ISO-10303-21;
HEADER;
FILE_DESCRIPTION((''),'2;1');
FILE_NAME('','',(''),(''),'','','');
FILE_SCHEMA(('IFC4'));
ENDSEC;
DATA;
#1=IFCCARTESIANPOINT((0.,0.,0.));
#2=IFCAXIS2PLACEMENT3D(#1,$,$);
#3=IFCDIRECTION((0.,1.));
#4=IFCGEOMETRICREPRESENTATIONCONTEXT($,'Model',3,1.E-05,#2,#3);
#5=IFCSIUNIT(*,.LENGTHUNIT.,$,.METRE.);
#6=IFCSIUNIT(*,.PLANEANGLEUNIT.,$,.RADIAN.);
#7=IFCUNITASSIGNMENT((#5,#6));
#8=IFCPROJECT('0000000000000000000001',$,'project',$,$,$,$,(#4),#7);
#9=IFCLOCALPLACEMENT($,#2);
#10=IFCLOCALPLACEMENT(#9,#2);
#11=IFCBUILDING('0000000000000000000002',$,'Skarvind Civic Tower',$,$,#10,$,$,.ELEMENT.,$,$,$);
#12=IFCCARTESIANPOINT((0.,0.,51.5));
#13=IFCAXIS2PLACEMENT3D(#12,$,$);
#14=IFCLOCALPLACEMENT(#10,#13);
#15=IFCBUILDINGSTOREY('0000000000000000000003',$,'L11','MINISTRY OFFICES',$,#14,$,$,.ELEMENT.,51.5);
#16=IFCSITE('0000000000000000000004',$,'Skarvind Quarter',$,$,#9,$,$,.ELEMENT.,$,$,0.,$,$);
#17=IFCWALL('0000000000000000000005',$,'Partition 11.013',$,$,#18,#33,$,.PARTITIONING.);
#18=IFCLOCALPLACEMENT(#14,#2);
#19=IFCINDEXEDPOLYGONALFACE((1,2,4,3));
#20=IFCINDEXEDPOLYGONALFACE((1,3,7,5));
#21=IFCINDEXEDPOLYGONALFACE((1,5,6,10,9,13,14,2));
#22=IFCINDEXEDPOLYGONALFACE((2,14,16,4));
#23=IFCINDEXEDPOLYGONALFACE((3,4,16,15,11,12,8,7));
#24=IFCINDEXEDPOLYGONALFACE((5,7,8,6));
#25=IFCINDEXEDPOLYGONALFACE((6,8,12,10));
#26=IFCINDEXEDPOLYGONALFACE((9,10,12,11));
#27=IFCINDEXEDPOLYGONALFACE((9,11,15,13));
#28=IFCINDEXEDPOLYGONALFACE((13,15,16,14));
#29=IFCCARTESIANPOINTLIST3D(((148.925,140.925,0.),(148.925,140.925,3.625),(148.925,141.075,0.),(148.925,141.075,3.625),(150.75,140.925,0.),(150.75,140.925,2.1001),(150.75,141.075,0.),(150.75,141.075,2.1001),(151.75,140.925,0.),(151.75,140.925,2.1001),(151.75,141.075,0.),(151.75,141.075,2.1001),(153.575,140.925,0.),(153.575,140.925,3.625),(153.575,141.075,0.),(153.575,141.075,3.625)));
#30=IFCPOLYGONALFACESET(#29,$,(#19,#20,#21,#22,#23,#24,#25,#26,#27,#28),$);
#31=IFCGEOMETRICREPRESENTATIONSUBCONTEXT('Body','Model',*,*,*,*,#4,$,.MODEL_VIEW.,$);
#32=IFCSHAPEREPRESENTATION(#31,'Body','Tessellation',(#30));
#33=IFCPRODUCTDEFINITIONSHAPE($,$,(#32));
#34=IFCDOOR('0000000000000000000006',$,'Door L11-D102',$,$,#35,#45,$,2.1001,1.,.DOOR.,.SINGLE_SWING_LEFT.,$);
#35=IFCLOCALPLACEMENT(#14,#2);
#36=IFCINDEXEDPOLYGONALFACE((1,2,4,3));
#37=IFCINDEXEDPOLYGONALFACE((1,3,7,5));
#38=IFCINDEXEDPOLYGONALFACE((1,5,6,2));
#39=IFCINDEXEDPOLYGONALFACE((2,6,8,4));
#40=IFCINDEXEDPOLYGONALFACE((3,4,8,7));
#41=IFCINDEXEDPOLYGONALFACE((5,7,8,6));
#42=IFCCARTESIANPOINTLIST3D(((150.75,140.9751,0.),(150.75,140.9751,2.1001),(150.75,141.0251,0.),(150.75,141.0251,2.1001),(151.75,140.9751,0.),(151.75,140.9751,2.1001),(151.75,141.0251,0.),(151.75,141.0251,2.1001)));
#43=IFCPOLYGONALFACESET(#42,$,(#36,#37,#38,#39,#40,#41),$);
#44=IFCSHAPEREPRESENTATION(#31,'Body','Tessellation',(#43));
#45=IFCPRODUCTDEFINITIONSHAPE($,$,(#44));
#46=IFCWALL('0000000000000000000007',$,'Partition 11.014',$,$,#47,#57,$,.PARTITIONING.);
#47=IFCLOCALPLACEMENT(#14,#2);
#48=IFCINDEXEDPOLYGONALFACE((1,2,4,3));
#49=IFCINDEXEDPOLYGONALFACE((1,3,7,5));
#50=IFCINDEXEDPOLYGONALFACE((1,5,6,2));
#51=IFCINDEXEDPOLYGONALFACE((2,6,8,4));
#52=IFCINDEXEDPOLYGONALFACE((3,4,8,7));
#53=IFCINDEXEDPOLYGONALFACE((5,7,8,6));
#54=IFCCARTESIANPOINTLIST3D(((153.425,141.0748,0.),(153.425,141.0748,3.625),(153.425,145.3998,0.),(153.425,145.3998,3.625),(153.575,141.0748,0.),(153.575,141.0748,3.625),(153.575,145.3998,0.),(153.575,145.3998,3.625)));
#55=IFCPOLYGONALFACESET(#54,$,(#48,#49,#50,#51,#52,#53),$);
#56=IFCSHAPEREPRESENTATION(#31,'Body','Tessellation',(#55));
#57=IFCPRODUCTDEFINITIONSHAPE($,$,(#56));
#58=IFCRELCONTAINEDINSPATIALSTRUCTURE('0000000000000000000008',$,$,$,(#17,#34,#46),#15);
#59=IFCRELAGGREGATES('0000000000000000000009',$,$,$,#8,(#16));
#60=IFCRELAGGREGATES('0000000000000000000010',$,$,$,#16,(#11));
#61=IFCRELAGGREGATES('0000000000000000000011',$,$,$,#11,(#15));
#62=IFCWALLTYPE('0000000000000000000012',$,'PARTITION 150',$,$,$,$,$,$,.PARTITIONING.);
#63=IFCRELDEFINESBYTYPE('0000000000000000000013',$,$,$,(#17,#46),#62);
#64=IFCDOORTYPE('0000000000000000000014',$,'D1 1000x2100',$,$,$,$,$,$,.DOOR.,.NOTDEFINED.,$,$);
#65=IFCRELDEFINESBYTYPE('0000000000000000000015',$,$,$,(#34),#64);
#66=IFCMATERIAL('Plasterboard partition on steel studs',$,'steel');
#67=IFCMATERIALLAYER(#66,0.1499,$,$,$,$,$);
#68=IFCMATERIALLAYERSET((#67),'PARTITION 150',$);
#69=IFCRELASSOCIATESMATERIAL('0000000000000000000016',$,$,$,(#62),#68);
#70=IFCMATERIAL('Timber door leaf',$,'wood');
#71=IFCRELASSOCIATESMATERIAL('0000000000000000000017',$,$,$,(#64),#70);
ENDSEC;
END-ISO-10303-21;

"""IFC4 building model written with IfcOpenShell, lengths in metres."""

from ifc_helpers import new_model, si_unit, direction, frame, frame_2d, origin, place, context, subcontext, project, spatial, rectangle, extrude, material, layer, layer_set, type_object, element, fill, save


model = new_model("IFC4")

# Units and contexts
model_context = context("Model", 3, precision=1e-05, world=origin(), true_north=direction((0.0, 1.0)))
body_context = subcontext(model_context, "Body", "Model", "MODEL_VIEW")
ifc_project = project(units=[si_unit("LENGTHUNIT", "METRE"), si_unit("PLANEANGLEUNIT", "RADIAN")], contexts=[model_context])

# Site, building, storey
site_placement = place(None, origin())
site = spatial("IfcSite", under=ifc_project, at=site_placement, Name="Skarvind Quarter", CompositionType="ELEMENT", RefElevation=0.0)
building_placement = place(site_placement, origin())
building = spatial("IfcBuilding", under=site, at=building_placement, Name="Skarvind Civic Tower", CompositionType="ELEMENT")
storey_placement = place(building_placement, frame((0.0, 0.0, 51.5)))
storey = spatial("IfcBuildingStorey", under=building, at=storey_placement, Name="L11", Description="MINISTRY OFFICES", CompositionType="ELEMENT", Elevation=51.5)

# Shared definitions
ifc_material_1 = material(Name="Timber door leaf", Category="wood")

# Shared definitions
ifc_material_2 = material(Name="Plasterboard partition on steel studs", Category="steel")
ifc_layer_1 = layer(ifc_material_2, 0.1499)
ifc_layer_set_1 = layer_set([ifc_layer_1], Name="PARTITION 150")
wall_type_1 = type_object("IfcWallType", Name="PARTITION 150", PredefinedType="PARTITIONING", material=ifc_layer_set_1)

# Wall, opening, door
wall_1_placement = place(storey_placement, frame((153.575, 141.0, 0.0), z_axis=(0.0, 0.0, 1.0), x_axis=(-1.0, 0.0, 0.0)))
wall_1 = element("IfcWall", 1, at=wall_1_placement, inside=storey, type_object=wall_type_1, Name="Partition 11.013", PredefinedType="PARTITIONING", context=body_context, shape_type="SweptSolid", body=[
    extrude(rectangle(XDim=4.6499, YDim=0.1499, at=frame_2d((2.325, 0.0))), origin(), (0.0, 0.0, 1.0), 3.625),
])
opening_1_placement = place(wall_1_placement, frame((1.825, 0.0, 0.0)))
opening_1 = element("IfcOpeningElement", 2, at=opening_1_placement, cuts=wall_1, PredefinedType="OPENING", context=body_context, shape_type="SweptSolid", body=[
    extrude(rectangle(XDim=1.0, YDim=2.1001, at=frame_2d((0.5, 1.05))), frame((0.0, 0.085, 0.0), z_axis=(0.0, -1.0, 0.0), x_axis=(1.0, 0.0, 0.0)), (0.0, 0.0, 1.0), 0.1699),
])
door_type_1 = type_object("IfcDoorType", Name="D1 1000x2100", OperationType="NOTDEFINED", PredefinedType="DOOR", material=ifc_material_1)
door_1_placement = place(opening_1_placement, origin())
door_1 = element("IfcDoor", 3, at=door_1_placement, inside=storey, type_object=door_type_1, Name="Door L11-D102", OperationType="SINGLE_SWING_LEFT", OverallHeight=2.1001, OverallWidth=1.0, PredefinedType="DOOR", context=body_context, shape_type="SweptSolid", body=[
    extrude(rectangle(XDim=1.0, YDim=2.1001, at=frame_2d((0.5, 1.05))), frame((0.0, 0.0249, 0.0), z_axis=(0.0, -1.0, 0.0), x_axis=(1.0, 0.0, 0.0)), (0.0, 0.0, 1.0), 0.05),
])
fill(opening_1, door_1)

# Wall
wall_2_placement = place(storey_placement, frame((153.5, 145.3999, 0.0), z_axis=(0.0, 0.0, 1.0), x_axis=(0.0, -1.0, 0.0)))
element("IfcWall", 4, at=wall_2_placement, inside=storey, type_object=wall_type_1, Name="Partition 11.014", PredefinedType="PARTITIONING", context=body_context, shape_type="SweptSolid", body=[
    extrude(rectangle(XDim=4.325, YDim=0.1499, at=frame_2d((2.1626, 0.0))), origin(), (0.0, 0.0, 1.0), 3.625),
])

save(model, "model.ifc")
